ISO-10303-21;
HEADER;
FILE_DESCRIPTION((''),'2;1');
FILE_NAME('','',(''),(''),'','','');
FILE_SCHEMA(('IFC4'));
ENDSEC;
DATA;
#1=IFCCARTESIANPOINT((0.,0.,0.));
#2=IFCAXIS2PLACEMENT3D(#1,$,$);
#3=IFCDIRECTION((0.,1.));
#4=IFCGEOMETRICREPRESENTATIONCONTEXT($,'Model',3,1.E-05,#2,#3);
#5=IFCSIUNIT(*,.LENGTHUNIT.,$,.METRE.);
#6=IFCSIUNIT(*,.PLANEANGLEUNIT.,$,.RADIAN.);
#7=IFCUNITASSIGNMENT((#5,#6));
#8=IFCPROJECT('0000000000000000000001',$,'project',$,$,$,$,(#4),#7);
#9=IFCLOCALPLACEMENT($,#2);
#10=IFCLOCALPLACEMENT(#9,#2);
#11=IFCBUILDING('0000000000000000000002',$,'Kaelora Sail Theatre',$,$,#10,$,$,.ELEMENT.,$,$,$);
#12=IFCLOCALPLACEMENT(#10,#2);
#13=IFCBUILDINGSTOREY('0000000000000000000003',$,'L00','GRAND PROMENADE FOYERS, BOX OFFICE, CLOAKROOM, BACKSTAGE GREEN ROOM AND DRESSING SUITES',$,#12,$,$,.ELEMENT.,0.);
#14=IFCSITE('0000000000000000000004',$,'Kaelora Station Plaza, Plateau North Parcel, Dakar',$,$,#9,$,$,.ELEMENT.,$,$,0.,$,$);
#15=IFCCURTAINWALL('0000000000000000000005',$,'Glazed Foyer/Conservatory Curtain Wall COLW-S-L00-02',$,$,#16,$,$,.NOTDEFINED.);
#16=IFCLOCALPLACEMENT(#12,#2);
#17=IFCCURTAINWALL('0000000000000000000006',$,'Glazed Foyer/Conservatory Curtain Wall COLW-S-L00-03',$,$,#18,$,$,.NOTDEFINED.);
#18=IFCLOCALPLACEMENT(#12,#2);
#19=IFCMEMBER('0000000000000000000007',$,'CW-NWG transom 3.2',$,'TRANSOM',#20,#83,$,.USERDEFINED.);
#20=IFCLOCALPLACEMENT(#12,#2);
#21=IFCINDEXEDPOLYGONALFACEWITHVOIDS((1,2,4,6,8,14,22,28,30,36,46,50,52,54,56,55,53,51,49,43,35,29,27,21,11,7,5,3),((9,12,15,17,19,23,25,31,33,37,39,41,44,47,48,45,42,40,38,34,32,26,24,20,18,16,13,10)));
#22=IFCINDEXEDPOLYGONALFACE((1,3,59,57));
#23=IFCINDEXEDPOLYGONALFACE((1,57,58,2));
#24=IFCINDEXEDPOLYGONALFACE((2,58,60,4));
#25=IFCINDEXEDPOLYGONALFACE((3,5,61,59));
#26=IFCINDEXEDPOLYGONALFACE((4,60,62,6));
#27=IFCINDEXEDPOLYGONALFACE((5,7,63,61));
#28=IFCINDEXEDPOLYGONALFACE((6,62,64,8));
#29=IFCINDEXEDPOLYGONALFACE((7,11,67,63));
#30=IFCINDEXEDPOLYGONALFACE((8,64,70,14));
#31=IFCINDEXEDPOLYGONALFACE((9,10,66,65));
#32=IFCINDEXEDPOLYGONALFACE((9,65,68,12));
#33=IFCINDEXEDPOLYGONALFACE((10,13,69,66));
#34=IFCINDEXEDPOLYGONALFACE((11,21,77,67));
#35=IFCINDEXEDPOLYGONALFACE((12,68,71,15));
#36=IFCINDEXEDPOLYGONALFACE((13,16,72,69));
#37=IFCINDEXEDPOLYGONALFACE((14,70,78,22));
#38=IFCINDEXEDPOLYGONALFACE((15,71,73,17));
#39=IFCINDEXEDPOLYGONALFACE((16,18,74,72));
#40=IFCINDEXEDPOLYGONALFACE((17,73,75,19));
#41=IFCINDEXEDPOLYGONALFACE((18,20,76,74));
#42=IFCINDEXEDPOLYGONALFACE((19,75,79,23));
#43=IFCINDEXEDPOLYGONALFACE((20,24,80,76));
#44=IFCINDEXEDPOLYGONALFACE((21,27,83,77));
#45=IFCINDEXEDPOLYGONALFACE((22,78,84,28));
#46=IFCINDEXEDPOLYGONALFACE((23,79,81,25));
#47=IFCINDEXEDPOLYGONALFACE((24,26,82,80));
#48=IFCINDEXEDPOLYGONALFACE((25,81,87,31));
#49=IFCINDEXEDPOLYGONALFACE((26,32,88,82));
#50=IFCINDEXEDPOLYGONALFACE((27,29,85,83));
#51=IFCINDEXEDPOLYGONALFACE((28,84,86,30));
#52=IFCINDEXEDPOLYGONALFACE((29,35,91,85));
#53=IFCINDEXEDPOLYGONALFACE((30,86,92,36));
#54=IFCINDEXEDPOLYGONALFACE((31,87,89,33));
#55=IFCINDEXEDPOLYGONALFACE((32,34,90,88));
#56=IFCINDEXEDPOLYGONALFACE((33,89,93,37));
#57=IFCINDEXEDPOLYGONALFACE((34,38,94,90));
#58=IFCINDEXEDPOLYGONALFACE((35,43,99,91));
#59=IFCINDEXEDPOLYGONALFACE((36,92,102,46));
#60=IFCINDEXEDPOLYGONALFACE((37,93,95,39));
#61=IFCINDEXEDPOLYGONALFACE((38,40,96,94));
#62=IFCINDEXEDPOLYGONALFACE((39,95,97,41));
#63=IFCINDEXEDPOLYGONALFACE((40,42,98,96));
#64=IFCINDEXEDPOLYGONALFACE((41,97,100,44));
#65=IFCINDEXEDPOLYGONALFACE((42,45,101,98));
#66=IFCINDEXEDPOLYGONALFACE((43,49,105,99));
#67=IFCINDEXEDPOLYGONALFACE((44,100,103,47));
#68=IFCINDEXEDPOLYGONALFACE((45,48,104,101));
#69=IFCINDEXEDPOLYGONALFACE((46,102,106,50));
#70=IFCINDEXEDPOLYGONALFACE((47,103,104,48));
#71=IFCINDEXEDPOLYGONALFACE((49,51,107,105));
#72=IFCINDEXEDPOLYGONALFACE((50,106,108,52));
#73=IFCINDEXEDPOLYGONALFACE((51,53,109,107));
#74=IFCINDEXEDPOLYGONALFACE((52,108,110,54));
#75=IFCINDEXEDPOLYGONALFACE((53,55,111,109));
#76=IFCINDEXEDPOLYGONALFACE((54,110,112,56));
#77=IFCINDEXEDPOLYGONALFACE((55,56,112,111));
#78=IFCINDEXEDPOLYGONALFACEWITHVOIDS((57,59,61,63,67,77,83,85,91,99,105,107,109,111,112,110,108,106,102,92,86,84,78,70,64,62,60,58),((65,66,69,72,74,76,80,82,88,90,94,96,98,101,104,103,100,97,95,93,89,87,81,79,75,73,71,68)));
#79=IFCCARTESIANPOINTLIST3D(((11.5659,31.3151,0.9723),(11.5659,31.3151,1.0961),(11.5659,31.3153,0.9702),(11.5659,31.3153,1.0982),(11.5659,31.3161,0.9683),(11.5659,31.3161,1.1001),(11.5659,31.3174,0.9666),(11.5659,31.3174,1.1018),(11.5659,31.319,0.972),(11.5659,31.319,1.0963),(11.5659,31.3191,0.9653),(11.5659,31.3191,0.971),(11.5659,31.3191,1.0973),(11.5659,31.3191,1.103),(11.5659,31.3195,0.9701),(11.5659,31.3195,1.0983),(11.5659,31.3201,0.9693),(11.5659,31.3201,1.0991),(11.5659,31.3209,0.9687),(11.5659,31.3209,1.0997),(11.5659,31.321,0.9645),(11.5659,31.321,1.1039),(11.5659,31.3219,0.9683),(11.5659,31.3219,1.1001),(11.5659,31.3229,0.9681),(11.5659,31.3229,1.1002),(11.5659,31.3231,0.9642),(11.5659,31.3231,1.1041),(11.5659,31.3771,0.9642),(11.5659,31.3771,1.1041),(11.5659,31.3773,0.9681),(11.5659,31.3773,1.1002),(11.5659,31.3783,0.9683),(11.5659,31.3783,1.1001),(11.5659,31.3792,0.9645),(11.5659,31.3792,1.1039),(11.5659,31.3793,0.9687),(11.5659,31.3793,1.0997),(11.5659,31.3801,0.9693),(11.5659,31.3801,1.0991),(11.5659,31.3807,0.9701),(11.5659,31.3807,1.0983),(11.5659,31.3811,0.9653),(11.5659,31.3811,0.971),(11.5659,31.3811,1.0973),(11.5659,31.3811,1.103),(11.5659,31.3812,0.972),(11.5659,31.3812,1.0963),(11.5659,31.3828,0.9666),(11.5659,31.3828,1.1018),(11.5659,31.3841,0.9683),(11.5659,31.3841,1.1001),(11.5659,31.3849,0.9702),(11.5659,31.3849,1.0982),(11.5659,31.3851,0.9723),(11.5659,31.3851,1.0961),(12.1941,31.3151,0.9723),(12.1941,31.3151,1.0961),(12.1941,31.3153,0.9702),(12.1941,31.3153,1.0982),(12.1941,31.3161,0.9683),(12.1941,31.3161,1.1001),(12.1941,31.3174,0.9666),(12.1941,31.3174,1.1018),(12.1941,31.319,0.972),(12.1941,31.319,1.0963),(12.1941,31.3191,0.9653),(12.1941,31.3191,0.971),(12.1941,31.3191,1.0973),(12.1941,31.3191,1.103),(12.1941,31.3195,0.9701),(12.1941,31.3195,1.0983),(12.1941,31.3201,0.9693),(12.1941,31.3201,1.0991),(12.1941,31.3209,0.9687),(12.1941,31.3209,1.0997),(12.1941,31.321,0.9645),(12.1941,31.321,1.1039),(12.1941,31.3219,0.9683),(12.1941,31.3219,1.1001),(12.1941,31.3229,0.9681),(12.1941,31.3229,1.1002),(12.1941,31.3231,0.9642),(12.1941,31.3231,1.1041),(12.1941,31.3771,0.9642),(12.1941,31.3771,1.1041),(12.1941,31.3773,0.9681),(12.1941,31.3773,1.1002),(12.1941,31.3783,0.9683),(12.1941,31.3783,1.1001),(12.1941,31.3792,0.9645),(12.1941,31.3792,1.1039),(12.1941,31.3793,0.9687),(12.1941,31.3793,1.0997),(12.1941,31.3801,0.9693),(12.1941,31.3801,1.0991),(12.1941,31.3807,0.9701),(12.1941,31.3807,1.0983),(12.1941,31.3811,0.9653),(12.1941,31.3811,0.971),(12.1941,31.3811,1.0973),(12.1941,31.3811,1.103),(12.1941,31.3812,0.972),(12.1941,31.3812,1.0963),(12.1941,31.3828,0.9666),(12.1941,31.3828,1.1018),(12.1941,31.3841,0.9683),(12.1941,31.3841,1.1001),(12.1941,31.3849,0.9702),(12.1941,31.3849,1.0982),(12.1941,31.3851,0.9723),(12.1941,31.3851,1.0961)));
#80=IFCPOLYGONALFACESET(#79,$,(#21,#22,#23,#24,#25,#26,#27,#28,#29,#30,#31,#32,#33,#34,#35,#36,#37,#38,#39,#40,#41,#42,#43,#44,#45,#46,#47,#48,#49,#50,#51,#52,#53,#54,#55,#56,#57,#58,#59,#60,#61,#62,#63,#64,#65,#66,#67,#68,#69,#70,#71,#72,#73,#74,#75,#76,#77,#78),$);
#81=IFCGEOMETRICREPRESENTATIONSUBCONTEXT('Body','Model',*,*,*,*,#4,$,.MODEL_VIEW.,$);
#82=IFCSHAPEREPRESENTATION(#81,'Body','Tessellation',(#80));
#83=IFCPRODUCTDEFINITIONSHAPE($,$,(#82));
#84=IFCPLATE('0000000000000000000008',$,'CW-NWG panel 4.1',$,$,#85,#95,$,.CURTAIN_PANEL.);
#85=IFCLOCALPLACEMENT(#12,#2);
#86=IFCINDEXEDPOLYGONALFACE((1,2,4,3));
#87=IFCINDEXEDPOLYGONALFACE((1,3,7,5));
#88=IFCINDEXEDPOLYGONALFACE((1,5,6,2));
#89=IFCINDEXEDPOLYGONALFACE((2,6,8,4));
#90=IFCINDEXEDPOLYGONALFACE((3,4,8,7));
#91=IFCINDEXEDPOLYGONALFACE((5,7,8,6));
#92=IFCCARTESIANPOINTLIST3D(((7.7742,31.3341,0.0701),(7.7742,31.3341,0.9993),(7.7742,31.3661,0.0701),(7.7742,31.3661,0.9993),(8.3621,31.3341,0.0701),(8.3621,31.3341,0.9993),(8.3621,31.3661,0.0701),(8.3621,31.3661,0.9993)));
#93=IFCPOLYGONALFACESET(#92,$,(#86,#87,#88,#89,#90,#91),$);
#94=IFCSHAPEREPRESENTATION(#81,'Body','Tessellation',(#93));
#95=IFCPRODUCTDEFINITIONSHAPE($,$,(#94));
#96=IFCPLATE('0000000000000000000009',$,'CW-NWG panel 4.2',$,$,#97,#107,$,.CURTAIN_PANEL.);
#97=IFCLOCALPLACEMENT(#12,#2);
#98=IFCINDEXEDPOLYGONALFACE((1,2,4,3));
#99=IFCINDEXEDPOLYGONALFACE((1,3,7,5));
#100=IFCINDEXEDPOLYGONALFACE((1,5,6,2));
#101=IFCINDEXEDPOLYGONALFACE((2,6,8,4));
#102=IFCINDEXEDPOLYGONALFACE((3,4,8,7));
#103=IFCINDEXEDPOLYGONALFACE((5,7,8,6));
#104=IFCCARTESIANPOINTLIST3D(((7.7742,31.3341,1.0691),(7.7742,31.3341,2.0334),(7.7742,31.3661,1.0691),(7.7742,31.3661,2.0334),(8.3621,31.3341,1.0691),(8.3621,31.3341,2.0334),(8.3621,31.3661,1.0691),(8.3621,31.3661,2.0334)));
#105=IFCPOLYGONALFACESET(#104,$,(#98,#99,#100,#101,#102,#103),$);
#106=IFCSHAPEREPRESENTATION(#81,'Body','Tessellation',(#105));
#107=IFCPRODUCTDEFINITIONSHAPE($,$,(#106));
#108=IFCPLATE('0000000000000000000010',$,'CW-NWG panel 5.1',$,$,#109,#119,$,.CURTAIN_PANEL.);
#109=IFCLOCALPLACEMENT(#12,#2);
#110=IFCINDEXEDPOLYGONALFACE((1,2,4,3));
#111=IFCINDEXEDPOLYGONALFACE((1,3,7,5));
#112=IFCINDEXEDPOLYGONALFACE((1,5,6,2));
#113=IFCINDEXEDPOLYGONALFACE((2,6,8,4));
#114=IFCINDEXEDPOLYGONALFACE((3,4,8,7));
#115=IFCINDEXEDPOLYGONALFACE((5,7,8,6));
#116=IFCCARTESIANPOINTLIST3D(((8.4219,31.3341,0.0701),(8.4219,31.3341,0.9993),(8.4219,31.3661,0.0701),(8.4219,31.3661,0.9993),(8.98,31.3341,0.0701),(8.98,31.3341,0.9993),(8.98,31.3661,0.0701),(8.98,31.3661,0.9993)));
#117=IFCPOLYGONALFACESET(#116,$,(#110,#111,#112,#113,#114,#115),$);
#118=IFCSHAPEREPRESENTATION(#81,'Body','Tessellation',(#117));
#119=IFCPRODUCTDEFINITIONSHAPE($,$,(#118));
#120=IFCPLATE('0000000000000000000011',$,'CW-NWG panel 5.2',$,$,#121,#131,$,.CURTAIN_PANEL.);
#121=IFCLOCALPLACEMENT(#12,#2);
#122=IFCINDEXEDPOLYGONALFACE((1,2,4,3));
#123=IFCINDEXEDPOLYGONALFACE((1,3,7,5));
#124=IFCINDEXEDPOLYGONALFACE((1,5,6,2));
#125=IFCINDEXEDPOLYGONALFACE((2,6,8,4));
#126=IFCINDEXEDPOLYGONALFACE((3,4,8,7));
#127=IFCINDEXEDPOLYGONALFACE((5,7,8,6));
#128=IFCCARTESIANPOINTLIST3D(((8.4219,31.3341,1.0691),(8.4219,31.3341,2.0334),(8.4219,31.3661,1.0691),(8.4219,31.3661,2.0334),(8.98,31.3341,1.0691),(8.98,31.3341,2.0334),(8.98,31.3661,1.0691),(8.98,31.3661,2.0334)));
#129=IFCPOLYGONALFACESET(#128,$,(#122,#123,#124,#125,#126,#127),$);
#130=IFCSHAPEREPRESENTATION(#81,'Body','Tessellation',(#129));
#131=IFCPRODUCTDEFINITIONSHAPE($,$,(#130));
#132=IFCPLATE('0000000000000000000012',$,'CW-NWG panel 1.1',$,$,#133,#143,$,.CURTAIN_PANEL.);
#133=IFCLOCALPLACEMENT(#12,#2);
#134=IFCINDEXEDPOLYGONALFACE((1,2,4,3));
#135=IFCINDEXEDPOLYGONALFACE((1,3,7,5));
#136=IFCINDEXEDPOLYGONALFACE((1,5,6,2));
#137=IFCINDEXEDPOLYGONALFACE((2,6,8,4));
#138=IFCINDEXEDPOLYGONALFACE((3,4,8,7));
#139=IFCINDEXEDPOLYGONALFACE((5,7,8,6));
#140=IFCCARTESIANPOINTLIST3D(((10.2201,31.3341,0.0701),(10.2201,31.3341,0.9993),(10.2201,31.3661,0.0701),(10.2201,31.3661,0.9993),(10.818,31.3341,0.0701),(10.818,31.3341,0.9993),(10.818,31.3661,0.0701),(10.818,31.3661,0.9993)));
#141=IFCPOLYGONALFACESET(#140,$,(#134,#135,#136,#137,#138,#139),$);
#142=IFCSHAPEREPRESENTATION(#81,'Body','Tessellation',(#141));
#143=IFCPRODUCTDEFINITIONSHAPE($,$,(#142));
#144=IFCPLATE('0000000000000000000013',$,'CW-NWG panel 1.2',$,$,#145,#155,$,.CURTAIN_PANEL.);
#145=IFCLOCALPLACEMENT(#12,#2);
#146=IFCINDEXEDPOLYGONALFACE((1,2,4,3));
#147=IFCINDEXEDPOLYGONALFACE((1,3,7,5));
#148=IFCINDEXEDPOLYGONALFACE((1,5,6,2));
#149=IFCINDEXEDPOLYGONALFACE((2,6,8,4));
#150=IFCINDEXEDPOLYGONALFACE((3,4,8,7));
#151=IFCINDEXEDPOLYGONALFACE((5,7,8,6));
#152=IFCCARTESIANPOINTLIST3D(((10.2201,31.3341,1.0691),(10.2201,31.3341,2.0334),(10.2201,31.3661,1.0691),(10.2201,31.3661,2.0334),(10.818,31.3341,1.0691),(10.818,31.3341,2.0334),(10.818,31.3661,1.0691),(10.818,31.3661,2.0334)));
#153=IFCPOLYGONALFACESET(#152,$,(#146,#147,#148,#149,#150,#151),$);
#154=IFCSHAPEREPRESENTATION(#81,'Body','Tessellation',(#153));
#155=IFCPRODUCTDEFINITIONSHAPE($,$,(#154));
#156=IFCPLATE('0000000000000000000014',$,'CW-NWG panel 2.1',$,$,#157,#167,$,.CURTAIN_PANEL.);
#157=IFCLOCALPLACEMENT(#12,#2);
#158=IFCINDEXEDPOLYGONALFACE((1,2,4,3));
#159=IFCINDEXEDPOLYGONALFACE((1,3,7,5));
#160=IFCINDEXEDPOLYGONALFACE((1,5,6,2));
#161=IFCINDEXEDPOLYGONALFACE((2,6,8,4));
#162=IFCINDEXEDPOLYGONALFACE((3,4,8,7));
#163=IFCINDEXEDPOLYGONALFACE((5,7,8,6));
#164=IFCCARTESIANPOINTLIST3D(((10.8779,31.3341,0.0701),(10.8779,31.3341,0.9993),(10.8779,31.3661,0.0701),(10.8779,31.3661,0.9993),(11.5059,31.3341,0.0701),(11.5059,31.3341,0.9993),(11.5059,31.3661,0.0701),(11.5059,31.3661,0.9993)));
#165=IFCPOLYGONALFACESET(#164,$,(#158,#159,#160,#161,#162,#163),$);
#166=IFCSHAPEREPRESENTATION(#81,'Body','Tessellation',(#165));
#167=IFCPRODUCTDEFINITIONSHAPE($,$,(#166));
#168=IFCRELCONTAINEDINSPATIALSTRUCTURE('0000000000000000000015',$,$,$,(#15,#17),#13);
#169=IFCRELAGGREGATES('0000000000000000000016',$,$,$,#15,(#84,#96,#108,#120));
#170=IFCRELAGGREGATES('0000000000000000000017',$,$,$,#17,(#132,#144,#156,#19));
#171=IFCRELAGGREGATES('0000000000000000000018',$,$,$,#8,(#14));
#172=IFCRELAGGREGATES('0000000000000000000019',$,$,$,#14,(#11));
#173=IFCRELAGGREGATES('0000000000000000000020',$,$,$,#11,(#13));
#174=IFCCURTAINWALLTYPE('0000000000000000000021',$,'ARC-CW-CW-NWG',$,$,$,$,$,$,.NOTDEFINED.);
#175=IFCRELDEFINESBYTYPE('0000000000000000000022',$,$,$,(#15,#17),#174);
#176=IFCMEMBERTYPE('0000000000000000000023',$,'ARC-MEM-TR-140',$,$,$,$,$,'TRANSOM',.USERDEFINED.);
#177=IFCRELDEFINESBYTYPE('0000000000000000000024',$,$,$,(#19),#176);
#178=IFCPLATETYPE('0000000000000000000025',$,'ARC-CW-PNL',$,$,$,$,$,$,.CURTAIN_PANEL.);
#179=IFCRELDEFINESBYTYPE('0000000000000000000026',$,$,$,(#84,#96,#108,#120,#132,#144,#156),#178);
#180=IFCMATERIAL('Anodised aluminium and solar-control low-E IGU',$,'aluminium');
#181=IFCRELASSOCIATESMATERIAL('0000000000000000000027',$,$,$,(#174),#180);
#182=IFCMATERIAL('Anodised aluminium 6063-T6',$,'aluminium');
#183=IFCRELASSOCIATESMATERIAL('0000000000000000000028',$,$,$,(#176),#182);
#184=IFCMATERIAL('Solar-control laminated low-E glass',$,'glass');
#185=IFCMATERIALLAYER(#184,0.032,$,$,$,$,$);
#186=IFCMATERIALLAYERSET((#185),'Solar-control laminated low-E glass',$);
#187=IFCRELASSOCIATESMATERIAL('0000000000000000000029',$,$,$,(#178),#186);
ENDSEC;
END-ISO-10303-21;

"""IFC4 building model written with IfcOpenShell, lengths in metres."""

from ifc_helpers import new_model, si_unit, direction, frame, origin, origin_2d, place, context, subcontext, project, spatial, rectangle, hollow_rectangle, extrude, material, layer, layer_set, material_profile, profile_set, type_object, element, aggregate, save


model = new_model("IFC4")

# Units and contexts
model_context = context("Model", 3, precision=1e-05, world=origin(), true_north=direction((0.0, 1.0)))
body_context = subcontext(model_context, "Body", "Model", "MODEL_VIEW")
ifc_project = project(units=[si_unit("LENGTHUNIT", "METRE"), si_unit("PLANEANGLEUNIT", "RADIAN")], contexts=[model_context])

# Site, building, storey
site_placement = place(None, origin())
site = spatial("IfcSite", under=ifc_project, at=site_placement, Name="Kaelora Station Plaza, Plateau North Parcel, Dakar", CompositionType="ELEMENT", RefElevation=0.0)
building_placement = place(site_placement, origin())
building = spatial("IfcBuilding", under=site, at=building_placement, Name="Kaelora Sail Theatre", CompositionType="ELEMENT")
storey_placement = place(building_placement, origin())
storey = spatial("IfcBuildingStorey", under=building, at=storey_placement, Name="L00", Description="GRAND PROMENADE FOYERS, BOX OFFICE, CLOAKROOM, BACKSTAGE GREEN ROOM AND DRESSING SUITES", CompositionType="ELEMENT", Elevation=0.0)

# Curtain walls
ifc_material_1 = material(Name="Anodised aluminium and solar-control low-E IGU", Category="aluminium")
curtain_wall_type = type_object("IfcCurtainWallType", Name="ARC-CW-CW-NWG", PredefinedType="NOTDEFINED", material=ifc_material_1)
curtain_wall_1_placement = place(storey_placement, origin())
curtain_wall_1 = element("IfcCurtainWall", 1, at=curtain_wall_1_placement, inside=storey, type_object=curtain_wall_type, Name="Glazed Foyer/Conservatory Curtain Wall COLW-S-L00-02", PredefinedType="NOTDEFINED")
curtain_wall_2_placement = place(storey_placement, origin())
curtain_wall_2 = element("IfcCurtainWall", 2, at=curtain_wall_2_placement, inside=storey, type_object=curtain_wall_type, Name="Glazed Foyer/Conservatory Curtain Wall COLW-S-L00-03", PredefinedType="NOTDEFINED")

# Member
ifc_material_2 = material(Name="Anodised aluminium 6063-T6", Category="aluminium")
ifc_material_profile_1 = material_profile(ifc_material_2, hollow_rectangle(XDim=0.0701, YDim=0.1399, WallThickness=0.0039, InnerFilletRadius=0.0039, OuterFilletRadius=0.0081, at=origin_2d()), Name="ALU-TRAN 70x140x4")
ifc_profile_set_1 = profile_set([ifc_material_profile_1], Name="Anodised aluminium 6063-T6")
member_type_1 = type_object("IfcMemberType", Name="ARC-MEM-TR-140", ElementType="TRANSOM", PredefinedType="USERDEFINED", material=ifc_profile_set_1)
member_1_placement = place(storey_placement, frame((11.5659, 31.3501, 1.0342), z_axis=(1.0, 0.0, 0.0), x_axis=(0.0, 1.0, 0.0)))
member_1 = element("IfcMember", 3, at=member_1_placement, type_object=member_type_1, Name="CW-NWG transom 3.2", ObjectType="TRANSOM", PredefinedType="USERDEFINED", context=body_context, shape_type="SweptSolid", body=[
    extrude(hollow_rectangle(XDim=0.0701, YDim=0.1399, WallThickness=0.0039, InnerFilletRadius=0.0039, OuterFilletRadius=0.0081, at=origin_2d()), origin(), (0.0, 0.0, 1.0), 0.6282),
])

# Plates
ifc_material_3 = material(Name="Solar-control laminated low-E glass", Category="glass")
ifc_layer = layer(ifc_material_3, 0.032)
ifc_layer_set = layer_set([ifc_layer], Name="Solar-control laminated low-E glass")
plate_type = type_object("IfcPlateType", Name="ARC-CW-PNL", PredefinedType="CURTAIN_PANEL", material=ifc_layer_set)
plate_1_placement = place(storey_placement, frame((8.0681, 31.3501, 0.0701), z_axis=(0.0, 0.0, 1.0), x_axis=(1.0, 0.0, 0.0)))
plate_1 = element("IfcPlate", 4, at=plate_1_placement, type_object=plate_type, Name="CW-NWG panel 4.1", PredefinedType="CURTAIN_PANEL", context=body_context, shape_type="SweptSolid", body=[
    extrude(rectangle(XDim=0.5879, YDim=0.032, at=origin_2d()), origin(), (0.0, 0.0, 1.0), 0.9292),
])
plate_2_placement = place(storey_placement, frame((8.0681, 31.3501, 1.0691), z_axis=(0.0, 0.0, 1.0), x_axis=(1.0, 0.0, 0.0)))
plate_2 = element("IfcPlate", 5, at=plate_2_placement, type_object=plate_type, Name="CW-NWG panel 4.2", PredefinedType="CURTAIN_PANEL", context=body_context, shape_type="SweptSolid", body=[
    extrude(rectangle(XDim=0.5879, YDim=0.032, at=origin_2d()), origin(), (0.0, 0.0, 1.0), 0.9644),
])
plate_3_placement = place(storey_placement, frame((8.7009, 31.3501, 0.0701), z_axis=(0.0, 0.0, 1.0), x_axis=(1.0, 0.0, 0.0)))
plate_3 = element("IfcPlate", 6, at=plate_3_placement, type_object=plate_type, Name="CW-NWG panel 5.1", PredefinedType="CURTAIN_PANEL", context=body_context, shape_type="SweptSolid", body=[
    extrude(rectangle(XDim=0.5581, YDim=0.032, at=origin_2d()), origin(), (0.0, 0.0, 1.0), 0.9292),
])
plate_4_placement = place(storey_placement, frame((8.7009, 31.3501, 1.0691), z_axis=(0.0, 0.0, 1.0), x_axis=(1.0, 0.0, 0.0)))
plate_4 = element("IfcPlate", 7, at=plate_4_placement, type_object=plate_type, Name="CW-NWG panel 5.2", PredefinedType="CURTAIN_PANEL", context=body_context, shape_type="SweptSolid", body=[
    extrude(rectangle(XDim=0.5581, YDim=0.032, at=origin_2d()), origin(), (0.0, 0.0, 1.0), 0.9644),
])
aggregate(curtain_wall_1, [plate_1, plate_2, plate_3, plate_4])
plate_5_placement = place(storey_placement, frame((10.519, 31.3501, 0.0701), z_axis=(0.0, 0.0, 1.0), x_axis=(1.0, 0.0, 0.0)))
plate_5 = element("IfcPlate", 8, at=plate_5_placement, type_object=plate_type, Name="CW-NWG panel 1.1", PredefinedType="CURTAIN_PANEL", context=body_context, shape_type="SweptSolid", body=[
    extrude(rectangle(XDim=0.5979, YDim=0.032, at=origin_2d()), origin(), (0.0, 0.0, 1.0), 0.9292),
])
plate_6_placement = place(storey_placement, frame((10.519, 31.3501, 1.0691), z_axis=(0.0, 0.0, 1.0), x_axis=(1.0, 0.0, 0.0)))
plate_6 = element("IfcPlate", 9, at=plate_6_placement, type_object=plate_type, Name="CW-NWG panel 1.2", PredefinedType="CURTAIN_PANEL", context=body_context, shape_type="SweptSolid", body=[
    extrude(rectangle(XDim=0.5979, YDim=0.032, at=origin_2d()), origin(), (0.0, 0.0, 1.0), 0.9644),
])
plate_7_placement = place(storey_placement, frame((11.1919, 31.3501, 0.0701), z_axis=(0.0, 0.0, 1.0), x_axis=(1.0, 0.0, 0.0)))
plate_7 = element("IfcPlate", 10, at=plate_7_placement, type_object=plate_type, Name="CW-NWG panel 2.1", PredefinedType="CURTAIN_PANEL", context=body_context, shape_type="SweptSolid", body=[
    extrude(rectangle(XDim=0.6279, YDim=0.032, at=origin_2d()), origin(), (0.0, 0.0, 1.0), 0.9292),
])
aggregate(curtain_wall_2, [plate_5, plate_6, plate_7, member_1])

save(model, "model.ifc")
